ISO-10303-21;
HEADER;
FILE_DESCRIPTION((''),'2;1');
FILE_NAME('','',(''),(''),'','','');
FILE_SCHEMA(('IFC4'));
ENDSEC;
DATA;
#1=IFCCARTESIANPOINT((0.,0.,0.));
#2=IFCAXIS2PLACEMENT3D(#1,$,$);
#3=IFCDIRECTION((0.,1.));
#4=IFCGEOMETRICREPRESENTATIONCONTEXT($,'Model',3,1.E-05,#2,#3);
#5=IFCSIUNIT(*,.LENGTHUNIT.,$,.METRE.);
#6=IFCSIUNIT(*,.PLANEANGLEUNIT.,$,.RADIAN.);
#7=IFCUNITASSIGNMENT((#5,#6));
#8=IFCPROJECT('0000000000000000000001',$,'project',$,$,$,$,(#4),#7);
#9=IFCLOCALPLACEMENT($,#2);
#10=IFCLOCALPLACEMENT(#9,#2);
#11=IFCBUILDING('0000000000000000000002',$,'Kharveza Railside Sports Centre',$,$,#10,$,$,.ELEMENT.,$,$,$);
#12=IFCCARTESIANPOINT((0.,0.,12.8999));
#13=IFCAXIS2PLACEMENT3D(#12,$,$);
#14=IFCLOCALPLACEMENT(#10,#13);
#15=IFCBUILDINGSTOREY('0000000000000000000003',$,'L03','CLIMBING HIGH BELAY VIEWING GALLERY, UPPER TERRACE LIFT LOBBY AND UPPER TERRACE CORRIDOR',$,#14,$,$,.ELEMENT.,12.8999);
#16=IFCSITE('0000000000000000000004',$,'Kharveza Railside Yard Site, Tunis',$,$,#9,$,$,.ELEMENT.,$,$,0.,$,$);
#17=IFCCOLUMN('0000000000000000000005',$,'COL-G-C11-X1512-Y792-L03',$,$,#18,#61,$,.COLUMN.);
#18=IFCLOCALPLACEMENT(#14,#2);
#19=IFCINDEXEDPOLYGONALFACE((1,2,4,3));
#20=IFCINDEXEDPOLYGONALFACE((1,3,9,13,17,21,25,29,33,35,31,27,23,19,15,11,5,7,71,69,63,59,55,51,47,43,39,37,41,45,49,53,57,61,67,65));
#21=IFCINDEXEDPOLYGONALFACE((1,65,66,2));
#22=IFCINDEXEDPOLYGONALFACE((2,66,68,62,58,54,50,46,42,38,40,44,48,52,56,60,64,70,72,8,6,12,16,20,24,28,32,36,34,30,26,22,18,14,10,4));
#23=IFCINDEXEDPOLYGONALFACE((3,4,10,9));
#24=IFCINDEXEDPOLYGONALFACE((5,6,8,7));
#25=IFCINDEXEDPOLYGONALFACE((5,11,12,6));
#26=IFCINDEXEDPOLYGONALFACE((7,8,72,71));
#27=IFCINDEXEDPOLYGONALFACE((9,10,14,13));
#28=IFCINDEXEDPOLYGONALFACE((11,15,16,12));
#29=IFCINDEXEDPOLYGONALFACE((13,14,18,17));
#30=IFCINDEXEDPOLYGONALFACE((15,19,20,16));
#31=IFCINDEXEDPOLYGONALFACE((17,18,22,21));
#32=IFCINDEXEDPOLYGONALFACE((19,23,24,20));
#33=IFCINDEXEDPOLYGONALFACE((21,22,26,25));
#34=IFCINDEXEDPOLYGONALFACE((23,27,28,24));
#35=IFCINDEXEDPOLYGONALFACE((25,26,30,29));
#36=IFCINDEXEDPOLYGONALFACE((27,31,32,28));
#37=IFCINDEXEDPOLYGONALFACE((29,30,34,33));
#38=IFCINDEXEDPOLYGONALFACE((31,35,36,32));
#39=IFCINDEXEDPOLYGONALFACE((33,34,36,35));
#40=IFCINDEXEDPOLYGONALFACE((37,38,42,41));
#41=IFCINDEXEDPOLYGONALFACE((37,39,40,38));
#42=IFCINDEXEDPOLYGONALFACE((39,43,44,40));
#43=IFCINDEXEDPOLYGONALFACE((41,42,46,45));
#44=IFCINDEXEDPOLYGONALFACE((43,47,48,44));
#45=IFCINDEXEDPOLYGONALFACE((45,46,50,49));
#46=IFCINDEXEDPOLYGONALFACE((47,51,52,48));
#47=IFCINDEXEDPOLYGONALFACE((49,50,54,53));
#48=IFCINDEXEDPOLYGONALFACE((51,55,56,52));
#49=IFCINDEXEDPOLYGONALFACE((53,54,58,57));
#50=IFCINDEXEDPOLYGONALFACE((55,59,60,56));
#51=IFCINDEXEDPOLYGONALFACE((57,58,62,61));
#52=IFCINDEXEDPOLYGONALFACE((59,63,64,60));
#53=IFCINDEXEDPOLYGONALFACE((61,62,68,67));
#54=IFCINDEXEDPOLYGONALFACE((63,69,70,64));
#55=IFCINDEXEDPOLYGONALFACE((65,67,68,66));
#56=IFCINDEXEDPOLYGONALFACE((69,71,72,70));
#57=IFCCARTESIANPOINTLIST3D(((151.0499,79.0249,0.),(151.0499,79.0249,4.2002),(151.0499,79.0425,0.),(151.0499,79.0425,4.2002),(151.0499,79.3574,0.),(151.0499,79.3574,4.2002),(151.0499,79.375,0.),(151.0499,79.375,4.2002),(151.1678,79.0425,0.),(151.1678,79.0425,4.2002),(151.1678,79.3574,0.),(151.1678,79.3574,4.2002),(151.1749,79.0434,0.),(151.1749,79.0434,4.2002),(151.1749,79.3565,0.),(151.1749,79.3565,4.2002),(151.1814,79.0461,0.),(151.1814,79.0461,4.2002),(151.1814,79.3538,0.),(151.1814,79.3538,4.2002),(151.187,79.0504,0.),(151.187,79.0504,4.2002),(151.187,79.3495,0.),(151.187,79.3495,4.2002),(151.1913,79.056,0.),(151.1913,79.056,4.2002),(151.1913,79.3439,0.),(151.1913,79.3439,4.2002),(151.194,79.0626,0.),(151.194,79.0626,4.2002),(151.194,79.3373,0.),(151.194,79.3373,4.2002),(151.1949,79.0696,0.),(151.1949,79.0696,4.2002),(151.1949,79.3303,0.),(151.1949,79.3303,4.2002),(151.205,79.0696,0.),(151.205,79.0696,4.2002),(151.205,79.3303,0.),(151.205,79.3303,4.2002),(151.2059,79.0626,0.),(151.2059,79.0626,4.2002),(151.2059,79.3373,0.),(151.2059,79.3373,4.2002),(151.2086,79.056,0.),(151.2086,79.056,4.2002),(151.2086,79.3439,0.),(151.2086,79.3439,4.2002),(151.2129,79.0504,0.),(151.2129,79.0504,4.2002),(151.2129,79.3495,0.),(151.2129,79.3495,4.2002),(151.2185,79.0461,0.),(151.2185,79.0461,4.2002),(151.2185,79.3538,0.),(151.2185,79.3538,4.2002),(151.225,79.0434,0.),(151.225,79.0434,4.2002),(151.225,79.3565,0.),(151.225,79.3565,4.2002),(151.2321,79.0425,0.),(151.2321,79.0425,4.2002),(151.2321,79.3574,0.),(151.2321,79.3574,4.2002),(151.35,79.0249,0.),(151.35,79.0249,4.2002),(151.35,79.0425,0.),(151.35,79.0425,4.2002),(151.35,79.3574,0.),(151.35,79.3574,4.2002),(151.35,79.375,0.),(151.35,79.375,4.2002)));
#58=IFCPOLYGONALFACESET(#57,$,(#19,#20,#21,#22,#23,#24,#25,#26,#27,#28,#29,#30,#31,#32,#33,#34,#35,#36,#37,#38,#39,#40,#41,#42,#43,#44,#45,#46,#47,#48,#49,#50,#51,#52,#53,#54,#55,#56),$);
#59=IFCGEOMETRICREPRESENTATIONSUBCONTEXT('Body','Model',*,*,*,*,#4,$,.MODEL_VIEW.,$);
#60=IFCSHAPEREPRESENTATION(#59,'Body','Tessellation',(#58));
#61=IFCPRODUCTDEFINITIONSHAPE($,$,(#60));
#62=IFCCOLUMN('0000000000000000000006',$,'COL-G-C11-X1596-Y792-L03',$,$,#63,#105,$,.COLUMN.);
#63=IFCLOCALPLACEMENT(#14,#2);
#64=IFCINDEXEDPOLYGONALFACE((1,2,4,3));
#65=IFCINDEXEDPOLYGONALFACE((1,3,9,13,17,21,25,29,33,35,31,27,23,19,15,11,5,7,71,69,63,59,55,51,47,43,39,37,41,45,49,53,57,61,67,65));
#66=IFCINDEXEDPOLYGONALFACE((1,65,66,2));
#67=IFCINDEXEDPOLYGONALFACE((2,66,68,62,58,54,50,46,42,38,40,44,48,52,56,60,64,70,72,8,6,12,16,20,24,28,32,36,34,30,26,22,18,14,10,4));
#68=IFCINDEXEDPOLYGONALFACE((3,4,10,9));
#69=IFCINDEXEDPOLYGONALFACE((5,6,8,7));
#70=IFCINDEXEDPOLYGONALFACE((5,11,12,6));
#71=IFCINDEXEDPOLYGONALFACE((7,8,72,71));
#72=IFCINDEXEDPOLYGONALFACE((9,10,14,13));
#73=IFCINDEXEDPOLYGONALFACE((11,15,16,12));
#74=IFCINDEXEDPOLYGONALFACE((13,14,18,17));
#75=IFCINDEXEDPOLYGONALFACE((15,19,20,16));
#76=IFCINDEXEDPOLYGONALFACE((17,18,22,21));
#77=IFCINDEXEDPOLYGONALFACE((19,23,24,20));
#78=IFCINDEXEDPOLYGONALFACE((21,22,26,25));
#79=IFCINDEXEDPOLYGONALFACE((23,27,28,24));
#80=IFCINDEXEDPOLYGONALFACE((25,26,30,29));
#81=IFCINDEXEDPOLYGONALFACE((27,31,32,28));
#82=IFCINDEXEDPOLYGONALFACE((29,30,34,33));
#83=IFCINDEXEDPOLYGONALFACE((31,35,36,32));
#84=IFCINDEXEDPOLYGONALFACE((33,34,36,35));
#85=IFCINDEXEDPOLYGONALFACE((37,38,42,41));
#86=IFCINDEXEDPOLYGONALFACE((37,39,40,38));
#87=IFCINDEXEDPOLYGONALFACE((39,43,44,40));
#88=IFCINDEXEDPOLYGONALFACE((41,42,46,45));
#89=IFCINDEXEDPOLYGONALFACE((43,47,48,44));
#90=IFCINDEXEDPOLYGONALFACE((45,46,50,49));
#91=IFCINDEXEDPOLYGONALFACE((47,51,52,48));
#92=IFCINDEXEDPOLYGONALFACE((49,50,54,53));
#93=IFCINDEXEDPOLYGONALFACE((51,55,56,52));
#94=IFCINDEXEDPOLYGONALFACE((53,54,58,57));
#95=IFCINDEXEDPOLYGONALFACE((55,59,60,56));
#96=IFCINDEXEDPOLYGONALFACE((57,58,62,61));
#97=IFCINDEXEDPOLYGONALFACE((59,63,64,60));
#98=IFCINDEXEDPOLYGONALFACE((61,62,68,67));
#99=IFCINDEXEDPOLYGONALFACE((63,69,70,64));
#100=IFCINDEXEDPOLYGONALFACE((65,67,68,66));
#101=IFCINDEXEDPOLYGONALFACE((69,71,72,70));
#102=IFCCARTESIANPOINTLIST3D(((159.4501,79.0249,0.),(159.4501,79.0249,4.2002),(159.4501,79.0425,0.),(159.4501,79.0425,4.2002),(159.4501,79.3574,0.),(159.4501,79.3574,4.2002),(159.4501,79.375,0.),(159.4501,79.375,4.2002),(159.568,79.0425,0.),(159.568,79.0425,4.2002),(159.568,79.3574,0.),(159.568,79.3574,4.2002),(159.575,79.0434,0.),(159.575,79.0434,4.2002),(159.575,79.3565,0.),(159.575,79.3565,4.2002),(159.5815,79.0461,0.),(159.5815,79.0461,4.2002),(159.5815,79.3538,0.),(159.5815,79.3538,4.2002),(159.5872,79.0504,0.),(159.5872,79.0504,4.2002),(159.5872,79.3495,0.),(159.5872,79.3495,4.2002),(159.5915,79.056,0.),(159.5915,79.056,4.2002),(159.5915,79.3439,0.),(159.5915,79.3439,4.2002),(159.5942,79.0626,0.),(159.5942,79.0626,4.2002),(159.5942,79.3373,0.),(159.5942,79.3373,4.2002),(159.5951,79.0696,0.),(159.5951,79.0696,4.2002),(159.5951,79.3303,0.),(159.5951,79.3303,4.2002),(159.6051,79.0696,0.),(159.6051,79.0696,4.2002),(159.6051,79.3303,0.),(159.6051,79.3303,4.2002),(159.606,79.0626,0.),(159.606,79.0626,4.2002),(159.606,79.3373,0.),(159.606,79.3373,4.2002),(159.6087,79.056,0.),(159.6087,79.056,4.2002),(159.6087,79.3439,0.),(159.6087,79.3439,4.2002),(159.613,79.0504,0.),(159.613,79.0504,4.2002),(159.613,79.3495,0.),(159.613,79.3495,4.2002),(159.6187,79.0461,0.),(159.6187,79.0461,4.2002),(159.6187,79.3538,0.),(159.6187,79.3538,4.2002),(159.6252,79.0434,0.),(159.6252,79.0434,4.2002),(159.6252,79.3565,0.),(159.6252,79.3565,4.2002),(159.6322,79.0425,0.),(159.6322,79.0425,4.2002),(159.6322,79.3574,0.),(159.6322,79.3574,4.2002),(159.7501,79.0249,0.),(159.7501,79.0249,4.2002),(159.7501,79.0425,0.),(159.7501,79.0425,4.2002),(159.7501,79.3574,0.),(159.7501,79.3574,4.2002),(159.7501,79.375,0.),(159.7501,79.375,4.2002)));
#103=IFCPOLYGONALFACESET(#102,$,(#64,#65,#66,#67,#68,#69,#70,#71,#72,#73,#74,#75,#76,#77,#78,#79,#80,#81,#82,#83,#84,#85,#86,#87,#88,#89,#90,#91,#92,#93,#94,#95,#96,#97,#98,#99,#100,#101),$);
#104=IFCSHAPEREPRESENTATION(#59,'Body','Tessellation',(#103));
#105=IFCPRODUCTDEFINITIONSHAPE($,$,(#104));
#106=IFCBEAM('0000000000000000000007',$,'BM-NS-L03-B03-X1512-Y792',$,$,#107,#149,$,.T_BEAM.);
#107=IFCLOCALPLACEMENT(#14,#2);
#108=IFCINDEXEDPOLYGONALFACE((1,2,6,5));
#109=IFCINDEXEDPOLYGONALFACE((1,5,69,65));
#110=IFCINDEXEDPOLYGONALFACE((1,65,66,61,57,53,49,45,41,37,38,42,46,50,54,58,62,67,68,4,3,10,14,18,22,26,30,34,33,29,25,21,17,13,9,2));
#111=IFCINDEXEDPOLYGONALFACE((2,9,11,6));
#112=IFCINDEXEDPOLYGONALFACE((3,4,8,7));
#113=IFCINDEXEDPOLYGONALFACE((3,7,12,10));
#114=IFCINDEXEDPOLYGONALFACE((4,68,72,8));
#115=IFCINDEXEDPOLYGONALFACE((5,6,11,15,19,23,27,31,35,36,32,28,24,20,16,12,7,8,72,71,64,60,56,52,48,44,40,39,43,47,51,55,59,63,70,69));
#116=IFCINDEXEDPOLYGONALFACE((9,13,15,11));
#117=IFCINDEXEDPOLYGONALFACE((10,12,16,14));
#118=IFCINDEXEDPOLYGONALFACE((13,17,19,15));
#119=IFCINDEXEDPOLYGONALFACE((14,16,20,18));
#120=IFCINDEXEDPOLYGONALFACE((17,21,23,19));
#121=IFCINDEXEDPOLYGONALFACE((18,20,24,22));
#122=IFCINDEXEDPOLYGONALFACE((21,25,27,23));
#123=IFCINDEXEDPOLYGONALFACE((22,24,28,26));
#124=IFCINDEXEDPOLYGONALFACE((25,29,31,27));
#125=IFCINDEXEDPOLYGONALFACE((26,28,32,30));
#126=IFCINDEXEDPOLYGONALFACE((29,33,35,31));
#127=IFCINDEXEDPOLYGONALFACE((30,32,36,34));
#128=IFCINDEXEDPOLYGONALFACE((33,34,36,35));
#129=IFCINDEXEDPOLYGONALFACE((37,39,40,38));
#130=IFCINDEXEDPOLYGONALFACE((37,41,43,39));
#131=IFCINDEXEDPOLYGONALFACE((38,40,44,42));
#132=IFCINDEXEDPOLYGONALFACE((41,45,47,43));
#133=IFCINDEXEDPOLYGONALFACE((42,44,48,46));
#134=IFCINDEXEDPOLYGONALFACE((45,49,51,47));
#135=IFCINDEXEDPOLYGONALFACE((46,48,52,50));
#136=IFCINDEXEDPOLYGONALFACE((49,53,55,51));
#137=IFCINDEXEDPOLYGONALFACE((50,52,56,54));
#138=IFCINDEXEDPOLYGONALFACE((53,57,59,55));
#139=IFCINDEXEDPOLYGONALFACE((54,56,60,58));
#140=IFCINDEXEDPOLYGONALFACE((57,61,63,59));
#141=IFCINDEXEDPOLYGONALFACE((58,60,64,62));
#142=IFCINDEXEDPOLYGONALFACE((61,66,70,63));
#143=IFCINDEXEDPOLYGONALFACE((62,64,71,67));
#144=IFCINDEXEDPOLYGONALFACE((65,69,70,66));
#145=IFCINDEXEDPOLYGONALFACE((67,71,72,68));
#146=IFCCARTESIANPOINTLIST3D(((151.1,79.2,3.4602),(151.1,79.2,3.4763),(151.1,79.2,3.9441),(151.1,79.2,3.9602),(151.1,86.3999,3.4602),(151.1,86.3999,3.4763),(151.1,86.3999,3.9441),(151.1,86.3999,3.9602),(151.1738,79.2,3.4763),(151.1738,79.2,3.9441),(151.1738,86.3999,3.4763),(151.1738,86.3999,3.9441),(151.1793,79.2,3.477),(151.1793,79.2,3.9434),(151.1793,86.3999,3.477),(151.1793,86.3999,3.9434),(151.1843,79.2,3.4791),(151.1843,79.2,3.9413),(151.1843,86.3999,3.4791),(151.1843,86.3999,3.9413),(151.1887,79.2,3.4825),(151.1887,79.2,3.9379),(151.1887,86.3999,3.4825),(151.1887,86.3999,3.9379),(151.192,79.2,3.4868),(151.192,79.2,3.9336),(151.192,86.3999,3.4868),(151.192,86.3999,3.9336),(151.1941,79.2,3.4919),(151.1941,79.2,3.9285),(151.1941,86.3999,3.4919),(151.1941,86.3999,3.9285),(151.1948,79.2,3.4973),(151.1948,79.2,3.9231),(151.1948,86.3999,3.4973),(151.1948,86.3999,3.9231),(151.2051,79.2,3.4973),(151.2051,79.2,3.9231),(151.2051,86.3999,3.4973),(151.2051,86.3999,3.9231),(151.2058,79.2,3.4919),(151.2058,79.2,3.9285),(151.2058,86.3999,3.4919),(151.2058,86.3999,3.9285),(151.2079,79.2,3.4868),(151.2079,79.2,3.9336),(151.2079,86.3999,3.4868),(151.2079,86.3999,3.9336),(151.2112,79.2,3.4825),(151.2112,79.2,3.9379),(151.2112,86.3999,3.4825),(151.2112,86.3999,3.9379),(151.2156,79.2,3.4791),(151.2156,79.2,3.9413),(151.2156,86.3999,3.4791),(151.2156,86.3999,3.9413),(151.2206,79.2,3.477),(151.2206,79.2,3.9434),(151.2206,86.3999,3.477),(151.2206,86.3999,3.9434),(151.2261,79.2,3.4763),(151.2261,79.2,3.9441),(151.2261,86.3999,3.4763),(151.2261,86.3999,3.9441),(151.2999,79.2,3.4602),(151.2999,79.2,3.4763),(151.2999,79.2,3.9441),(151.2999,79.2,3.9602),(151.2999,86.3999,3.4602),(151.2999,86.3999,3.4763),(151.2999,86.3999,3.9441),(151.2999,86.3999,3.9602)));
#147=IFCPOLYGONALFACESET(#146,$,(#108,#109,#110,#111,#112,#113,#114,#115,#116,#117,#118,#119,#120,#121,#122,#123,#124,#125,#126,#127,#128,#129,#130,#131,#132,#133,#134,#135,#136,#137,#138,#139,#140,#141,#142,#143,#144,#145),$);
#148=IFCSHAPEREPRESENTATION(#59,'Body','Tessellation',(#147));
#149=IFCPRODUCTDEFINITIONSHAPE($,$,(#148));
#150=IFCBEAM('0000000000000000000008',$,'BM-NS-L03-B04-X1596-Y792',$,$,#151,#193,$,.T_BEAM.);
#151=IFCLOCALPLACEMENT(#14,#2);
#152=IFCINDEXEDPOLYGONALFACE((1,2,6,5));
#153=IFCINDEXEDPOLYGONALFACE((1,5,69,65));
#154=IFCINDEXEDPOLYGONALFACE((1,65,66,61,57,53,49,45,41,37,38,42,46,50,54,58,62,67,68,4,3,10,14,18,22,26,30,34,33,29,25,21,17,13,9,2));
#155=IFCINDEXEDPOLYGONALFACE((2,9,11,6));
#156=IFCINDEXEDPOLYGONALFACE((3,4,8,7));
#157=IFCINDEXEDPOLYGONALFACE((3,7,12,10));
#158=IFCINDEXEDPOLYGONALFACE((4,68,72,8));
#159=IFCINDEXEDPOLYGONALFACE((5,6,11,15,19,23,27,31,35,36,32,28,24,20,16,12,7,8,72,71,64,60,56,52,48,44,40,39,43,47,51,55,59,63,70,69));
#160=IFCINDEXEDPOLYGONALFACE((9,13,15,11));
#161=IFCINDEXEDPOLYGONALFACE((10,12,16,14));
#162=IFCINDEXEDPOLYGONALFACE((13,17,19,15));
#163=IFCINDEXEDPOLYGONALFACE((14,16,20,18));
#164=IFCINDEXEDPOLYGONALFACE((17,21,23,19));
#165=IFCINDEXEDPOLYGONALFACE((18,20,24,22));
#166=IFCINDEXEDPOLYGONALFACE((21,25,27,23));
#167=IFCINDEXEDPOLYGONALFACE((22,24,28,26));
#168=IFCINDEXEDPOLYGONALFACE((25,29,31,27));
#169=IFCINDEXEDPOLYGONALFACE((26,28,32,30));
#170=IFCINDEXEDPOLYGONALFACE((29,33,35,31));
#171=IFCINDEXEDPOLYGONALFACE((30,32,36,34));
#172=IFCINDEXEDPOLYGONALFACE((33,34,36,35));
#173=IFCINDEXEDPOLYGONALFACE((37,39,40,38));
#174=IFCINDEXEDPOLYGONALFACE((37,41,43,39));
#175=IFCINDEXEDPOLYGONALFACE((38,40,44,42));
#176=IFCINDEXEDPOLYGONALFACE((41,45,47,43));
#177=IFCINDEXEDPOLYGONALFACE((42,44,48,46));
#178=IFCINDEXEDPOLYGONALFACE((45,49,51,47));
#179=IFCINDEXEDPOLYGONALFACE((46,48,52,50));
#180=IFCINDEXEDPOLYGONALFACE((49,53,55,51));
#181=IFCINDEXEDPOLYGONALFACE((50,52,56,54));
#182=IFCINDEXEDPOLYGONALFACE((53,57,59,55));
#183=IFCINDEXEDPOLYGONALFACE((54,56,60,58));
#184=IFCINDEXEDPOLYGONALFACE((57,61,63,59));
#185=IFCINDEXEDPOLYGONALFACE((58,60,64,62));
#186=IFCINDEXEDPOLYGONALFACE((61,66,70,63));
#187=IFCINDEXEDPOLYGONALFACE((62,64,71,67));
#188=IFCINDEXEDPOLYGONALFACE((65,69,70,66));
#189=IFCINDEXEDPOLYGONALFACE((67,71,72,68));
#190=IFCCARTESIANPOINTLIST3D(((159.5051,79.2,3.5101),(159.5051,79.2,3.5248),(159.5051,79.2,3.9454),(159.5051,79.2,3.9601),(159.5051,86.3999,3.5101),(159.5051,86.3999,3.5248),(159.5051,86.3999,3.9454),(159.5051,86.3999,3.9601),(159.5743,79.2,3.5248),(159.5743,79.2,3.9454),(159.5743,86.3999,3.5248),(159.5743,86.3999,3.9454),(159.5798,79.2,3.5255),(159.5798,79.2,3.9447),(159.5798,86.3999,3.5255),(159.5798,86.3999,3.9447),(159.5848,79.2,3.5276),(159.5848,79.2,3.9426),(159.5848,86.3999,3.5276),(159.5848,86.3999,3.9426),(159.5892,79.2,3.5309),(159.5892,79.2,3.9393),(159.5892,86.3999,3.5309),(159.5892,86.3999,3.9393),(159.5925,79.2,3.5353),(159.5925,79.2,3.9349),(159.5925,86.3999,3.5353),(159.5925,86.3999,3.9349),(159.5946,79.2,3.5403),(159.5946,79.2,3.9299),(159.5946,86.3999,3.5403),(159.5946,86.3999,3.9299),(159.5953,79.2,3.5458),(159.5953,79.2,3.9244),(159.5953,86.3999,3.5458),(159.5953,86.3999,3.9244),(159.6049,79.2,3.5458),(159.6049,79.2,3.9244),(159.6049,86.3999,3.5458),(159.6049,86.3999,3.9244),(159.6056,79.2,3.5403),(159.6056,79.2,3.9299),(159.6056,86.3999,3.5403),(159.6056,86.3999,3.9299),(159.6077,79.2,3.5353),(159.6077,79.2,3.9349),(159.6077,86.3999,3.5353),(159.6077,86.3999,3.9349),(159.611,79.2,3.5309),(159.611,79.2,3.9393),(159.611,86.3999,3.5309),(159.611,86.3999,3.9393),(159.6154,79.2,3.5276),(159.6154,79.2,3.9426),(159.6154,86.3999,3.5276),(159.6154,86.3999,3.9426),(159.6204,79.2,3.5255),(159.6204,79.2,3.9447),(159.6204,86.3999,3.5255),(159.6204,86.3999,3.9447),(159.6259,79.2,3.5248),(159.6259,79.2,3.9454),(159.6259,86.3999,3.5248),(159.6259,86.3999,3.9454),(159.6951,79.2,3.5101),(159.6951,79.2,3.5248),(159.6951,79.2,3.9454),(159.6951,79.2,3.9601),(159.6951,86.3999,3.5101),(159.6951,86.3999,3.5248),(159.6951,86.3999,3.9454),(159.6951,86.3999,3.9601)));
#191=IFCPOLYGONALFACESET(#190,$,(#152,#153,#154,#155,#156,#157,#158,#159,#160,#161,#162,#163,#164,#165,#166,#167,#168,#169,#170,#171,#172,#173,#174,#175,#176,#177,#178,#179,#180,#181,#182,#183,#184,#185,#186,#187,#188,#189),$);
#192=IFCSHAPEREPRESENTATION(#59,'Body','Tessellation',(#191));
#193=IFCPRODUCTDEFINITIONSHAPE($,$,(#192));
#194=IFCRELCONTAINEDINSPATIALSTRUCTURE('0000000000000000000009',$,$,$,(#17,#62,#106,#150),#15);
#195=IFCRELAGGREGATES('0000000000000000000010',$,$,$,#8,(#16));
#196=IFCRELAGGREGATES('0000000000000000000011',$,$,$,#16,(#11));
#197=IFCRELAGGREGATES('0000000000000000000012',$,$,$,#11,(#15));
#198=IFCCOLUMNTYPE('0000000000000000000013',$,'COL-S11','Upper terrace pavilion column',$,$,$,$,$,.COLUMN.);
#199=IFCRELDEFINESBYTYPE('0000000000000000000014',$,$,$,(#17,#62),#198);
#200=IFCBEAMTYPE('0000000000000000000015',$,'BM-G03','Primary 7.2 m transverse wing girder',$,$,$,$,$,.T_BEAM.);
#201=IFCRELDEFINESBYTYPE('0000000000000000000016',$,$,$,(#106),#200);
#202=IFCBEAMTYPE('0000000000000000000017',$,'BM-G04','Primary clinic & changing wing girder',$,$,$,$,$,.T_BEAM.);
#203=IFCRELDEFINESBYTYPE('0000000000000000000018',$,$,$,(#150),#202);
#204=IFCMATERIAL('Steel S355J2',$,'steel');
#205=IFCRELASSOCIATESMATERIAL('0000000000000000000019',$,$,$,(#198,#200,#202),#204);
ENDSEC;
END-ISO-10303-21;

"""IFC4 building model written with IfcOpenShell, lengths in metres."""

from ifc_helpers import new_model, si_unit, direction, frame, origin, origin_2d, place, context, subcontext, project, spatial, i_section, extrude, material, material_profile, profile_set, type_object, element, save


model = new_model("IFC4")

# Units and contexts
model_context = context("Model", 3, precision=1e-05, world=origin(), true_north=direction((0.0, 1.0)))
body_context = subcontext(model_context, "Body", "Model", "MODEL_VIEW")
ifc_project = project(units=[si_unit("LENGTHUNIT", "METRE"), si_unit("PLANEANGLEUNIT", "RADIAN")], contexts=[model_context])

# Site, building, storey
site_placement = place(None, origin())
site = spatial("IfcSite", under=ifc_project, at=site_placement, Name="Kharveza Railside Yard Site, Tunis", CompositionType="ELEMENT", RefElevation=0.0)
building_placement = place(site_placement, origin())
building = spatial("IfcBuilding", under=site, at=building_placement, Name="Kharveza Railside Sports Centre", CompositionType="ELEMENT")
storey_placement = place(building_placement, frame((0.0, 0.0, 12.8999)))
storey = spatial("IfcBuildingStorey", under=building, at=storey_placement, Name="L03", Description="CLIMBING HIGH BELAY VIEWING GALLERY, UPPER TERRACE LIFT LOBBY AND UPPER TERRACE CORRIDOR", CompositionType="ELEMENT", Elevation=12.8999)

# Columns
ifc_material_1 = material(Name="Steel S355J2", Category="steel")
ifc_material_profile_1 = material_profile(ifc_material_1, i_section(OverallWidth=0.3, OverallDepth=0.3501, WebThickness=0.01, FlangeThickness=0.0176, FilletRadius=0.0271, at=origin_2d()), Name="HEA 360")
ifc_profile_set_1 = profile_set([ifc_material_profile_1], Name="Steel S355J2")
column_type = type_object("IfcColumnType", Name="COL-S11", Description="Upper terrace pavilion column", PredefinedType="COLUMN", material=ifc_profile_set_1)
for number, where, z_axis, x_axis, name in (
    (1, (151.2, 79.2, 0.0), (0.0, 0.0, 1.0), (1.0, 0.0, 0.0), "COL-G-C11-X1512-Y792-L03"),
    (2, (159.6001, 79.2, 0.0), (0.0, 0.0, 1.0), (1.0, 0.0, 0.0), "COL-G-C11-X1596-Y792-L03"),
):
    element("IfcColumn", number, at=place(storey_placement, frame(where, z_axis=z_axis, x_axis=x_axis)), inside=storey, type_object=column_type, Name=name, PredefinedType="COLUMN", context=body_context, shape_type="SweptSolid", body=[
        extrude(i_section(OverallWidth=0.3, OverallDepth=0.3501, WebThickness=0.01, FlangeThickness=0.0176, FilletRadius=0.0271, at=origin_2d()), origin(), (0.0, 0.0, 1.0), 4.2002),
    ])

# Beams
ifc_material_profile_2 = material_profile(ifc_material_1, i_section(OverallWidth=0.2, OverallDepth=0.5, WebThickness=0.0103, FlangeThickness=0.0161, FilletRadius=0.021, at=origin_2d()), Name="IPE 500")
ifc_profile_set_2 = profile_set([ifc_material_profile_2], Name="Steel S355J2")
beam_type_1 = type_object("IfcBeamType", Name="BM-G03", Description="Primary 7.2 m transverse wing girder", PredefinedType="T_BEAM", material=ifc_profile_set_2)
beam_1_placement = place(storey_placement, frame((151.2, 79.2, 3.7102), z_axis=(0.0, 1.0, 0.0), x_axis=(-1.0, 0.0, 0.0)))
element("IfcBeam", 3, at=beam_1_placement, inside=storey, type_object=beam_type_1, Name="BM-NS-L03-B03-X1512-Y792", PredefinedType="T_BEAM", context=body_context, shape_type="SweptSolid", body=[
    extrude(i_section(OverallWidth=0.2, OverallDepth=0.5, WebThickness=0.0103, FlangeThickness=0.0161, FilletRadius=0.021, at=origin_2d()), origin(), (0.0, 0.0, 1.0), 7.2),
])
ifc_material_profile_3 = material_profile(ifc_material_1, i_section(OverallWidth=0.1899, OverallDepth=0.45, WebThickness=0.0095, FlangeThickness=0.0146, FilletRadius=0.021, at=origin_2d()), Name="IPE 450")
ifc_profile_set_3 = profile_set([ifc_material_profile_3], Name="Steel S355J2")
beam_type_2 = type_object("IfcBeamType", Name="BM-G04", Description="Primary clinic & changing wing girder", PredefinedType="T_BEAM", material=ifc_profile_set_3)
beam_2_placement = place(storey_placement, frame((159.6001, 79.2, 3.7351), z_axis=(0.0, 1.0, 0.0), x_axis=(-1.0, 0.0, 0.0)))
element("IfcBeam", 4, at=beam_2_placement, inside=storey, type_object=beam_type_2, Name="BM-NS-L03-B04-X1596-Y792", PredefinedType="T_BEAM", context=body_context, shape_type="SweptSolid", body=[
    extrude(i_section(OverallWidth=0.1899, OverallDepth=0.45, WebThickness=0.0095, FlangeThickness=0.0146, FilletRadius=0.021, at=origin_2d()), origin(), (0.0, 0.0, 1.0), 7.2),
])

save(model, "model.ifc")
